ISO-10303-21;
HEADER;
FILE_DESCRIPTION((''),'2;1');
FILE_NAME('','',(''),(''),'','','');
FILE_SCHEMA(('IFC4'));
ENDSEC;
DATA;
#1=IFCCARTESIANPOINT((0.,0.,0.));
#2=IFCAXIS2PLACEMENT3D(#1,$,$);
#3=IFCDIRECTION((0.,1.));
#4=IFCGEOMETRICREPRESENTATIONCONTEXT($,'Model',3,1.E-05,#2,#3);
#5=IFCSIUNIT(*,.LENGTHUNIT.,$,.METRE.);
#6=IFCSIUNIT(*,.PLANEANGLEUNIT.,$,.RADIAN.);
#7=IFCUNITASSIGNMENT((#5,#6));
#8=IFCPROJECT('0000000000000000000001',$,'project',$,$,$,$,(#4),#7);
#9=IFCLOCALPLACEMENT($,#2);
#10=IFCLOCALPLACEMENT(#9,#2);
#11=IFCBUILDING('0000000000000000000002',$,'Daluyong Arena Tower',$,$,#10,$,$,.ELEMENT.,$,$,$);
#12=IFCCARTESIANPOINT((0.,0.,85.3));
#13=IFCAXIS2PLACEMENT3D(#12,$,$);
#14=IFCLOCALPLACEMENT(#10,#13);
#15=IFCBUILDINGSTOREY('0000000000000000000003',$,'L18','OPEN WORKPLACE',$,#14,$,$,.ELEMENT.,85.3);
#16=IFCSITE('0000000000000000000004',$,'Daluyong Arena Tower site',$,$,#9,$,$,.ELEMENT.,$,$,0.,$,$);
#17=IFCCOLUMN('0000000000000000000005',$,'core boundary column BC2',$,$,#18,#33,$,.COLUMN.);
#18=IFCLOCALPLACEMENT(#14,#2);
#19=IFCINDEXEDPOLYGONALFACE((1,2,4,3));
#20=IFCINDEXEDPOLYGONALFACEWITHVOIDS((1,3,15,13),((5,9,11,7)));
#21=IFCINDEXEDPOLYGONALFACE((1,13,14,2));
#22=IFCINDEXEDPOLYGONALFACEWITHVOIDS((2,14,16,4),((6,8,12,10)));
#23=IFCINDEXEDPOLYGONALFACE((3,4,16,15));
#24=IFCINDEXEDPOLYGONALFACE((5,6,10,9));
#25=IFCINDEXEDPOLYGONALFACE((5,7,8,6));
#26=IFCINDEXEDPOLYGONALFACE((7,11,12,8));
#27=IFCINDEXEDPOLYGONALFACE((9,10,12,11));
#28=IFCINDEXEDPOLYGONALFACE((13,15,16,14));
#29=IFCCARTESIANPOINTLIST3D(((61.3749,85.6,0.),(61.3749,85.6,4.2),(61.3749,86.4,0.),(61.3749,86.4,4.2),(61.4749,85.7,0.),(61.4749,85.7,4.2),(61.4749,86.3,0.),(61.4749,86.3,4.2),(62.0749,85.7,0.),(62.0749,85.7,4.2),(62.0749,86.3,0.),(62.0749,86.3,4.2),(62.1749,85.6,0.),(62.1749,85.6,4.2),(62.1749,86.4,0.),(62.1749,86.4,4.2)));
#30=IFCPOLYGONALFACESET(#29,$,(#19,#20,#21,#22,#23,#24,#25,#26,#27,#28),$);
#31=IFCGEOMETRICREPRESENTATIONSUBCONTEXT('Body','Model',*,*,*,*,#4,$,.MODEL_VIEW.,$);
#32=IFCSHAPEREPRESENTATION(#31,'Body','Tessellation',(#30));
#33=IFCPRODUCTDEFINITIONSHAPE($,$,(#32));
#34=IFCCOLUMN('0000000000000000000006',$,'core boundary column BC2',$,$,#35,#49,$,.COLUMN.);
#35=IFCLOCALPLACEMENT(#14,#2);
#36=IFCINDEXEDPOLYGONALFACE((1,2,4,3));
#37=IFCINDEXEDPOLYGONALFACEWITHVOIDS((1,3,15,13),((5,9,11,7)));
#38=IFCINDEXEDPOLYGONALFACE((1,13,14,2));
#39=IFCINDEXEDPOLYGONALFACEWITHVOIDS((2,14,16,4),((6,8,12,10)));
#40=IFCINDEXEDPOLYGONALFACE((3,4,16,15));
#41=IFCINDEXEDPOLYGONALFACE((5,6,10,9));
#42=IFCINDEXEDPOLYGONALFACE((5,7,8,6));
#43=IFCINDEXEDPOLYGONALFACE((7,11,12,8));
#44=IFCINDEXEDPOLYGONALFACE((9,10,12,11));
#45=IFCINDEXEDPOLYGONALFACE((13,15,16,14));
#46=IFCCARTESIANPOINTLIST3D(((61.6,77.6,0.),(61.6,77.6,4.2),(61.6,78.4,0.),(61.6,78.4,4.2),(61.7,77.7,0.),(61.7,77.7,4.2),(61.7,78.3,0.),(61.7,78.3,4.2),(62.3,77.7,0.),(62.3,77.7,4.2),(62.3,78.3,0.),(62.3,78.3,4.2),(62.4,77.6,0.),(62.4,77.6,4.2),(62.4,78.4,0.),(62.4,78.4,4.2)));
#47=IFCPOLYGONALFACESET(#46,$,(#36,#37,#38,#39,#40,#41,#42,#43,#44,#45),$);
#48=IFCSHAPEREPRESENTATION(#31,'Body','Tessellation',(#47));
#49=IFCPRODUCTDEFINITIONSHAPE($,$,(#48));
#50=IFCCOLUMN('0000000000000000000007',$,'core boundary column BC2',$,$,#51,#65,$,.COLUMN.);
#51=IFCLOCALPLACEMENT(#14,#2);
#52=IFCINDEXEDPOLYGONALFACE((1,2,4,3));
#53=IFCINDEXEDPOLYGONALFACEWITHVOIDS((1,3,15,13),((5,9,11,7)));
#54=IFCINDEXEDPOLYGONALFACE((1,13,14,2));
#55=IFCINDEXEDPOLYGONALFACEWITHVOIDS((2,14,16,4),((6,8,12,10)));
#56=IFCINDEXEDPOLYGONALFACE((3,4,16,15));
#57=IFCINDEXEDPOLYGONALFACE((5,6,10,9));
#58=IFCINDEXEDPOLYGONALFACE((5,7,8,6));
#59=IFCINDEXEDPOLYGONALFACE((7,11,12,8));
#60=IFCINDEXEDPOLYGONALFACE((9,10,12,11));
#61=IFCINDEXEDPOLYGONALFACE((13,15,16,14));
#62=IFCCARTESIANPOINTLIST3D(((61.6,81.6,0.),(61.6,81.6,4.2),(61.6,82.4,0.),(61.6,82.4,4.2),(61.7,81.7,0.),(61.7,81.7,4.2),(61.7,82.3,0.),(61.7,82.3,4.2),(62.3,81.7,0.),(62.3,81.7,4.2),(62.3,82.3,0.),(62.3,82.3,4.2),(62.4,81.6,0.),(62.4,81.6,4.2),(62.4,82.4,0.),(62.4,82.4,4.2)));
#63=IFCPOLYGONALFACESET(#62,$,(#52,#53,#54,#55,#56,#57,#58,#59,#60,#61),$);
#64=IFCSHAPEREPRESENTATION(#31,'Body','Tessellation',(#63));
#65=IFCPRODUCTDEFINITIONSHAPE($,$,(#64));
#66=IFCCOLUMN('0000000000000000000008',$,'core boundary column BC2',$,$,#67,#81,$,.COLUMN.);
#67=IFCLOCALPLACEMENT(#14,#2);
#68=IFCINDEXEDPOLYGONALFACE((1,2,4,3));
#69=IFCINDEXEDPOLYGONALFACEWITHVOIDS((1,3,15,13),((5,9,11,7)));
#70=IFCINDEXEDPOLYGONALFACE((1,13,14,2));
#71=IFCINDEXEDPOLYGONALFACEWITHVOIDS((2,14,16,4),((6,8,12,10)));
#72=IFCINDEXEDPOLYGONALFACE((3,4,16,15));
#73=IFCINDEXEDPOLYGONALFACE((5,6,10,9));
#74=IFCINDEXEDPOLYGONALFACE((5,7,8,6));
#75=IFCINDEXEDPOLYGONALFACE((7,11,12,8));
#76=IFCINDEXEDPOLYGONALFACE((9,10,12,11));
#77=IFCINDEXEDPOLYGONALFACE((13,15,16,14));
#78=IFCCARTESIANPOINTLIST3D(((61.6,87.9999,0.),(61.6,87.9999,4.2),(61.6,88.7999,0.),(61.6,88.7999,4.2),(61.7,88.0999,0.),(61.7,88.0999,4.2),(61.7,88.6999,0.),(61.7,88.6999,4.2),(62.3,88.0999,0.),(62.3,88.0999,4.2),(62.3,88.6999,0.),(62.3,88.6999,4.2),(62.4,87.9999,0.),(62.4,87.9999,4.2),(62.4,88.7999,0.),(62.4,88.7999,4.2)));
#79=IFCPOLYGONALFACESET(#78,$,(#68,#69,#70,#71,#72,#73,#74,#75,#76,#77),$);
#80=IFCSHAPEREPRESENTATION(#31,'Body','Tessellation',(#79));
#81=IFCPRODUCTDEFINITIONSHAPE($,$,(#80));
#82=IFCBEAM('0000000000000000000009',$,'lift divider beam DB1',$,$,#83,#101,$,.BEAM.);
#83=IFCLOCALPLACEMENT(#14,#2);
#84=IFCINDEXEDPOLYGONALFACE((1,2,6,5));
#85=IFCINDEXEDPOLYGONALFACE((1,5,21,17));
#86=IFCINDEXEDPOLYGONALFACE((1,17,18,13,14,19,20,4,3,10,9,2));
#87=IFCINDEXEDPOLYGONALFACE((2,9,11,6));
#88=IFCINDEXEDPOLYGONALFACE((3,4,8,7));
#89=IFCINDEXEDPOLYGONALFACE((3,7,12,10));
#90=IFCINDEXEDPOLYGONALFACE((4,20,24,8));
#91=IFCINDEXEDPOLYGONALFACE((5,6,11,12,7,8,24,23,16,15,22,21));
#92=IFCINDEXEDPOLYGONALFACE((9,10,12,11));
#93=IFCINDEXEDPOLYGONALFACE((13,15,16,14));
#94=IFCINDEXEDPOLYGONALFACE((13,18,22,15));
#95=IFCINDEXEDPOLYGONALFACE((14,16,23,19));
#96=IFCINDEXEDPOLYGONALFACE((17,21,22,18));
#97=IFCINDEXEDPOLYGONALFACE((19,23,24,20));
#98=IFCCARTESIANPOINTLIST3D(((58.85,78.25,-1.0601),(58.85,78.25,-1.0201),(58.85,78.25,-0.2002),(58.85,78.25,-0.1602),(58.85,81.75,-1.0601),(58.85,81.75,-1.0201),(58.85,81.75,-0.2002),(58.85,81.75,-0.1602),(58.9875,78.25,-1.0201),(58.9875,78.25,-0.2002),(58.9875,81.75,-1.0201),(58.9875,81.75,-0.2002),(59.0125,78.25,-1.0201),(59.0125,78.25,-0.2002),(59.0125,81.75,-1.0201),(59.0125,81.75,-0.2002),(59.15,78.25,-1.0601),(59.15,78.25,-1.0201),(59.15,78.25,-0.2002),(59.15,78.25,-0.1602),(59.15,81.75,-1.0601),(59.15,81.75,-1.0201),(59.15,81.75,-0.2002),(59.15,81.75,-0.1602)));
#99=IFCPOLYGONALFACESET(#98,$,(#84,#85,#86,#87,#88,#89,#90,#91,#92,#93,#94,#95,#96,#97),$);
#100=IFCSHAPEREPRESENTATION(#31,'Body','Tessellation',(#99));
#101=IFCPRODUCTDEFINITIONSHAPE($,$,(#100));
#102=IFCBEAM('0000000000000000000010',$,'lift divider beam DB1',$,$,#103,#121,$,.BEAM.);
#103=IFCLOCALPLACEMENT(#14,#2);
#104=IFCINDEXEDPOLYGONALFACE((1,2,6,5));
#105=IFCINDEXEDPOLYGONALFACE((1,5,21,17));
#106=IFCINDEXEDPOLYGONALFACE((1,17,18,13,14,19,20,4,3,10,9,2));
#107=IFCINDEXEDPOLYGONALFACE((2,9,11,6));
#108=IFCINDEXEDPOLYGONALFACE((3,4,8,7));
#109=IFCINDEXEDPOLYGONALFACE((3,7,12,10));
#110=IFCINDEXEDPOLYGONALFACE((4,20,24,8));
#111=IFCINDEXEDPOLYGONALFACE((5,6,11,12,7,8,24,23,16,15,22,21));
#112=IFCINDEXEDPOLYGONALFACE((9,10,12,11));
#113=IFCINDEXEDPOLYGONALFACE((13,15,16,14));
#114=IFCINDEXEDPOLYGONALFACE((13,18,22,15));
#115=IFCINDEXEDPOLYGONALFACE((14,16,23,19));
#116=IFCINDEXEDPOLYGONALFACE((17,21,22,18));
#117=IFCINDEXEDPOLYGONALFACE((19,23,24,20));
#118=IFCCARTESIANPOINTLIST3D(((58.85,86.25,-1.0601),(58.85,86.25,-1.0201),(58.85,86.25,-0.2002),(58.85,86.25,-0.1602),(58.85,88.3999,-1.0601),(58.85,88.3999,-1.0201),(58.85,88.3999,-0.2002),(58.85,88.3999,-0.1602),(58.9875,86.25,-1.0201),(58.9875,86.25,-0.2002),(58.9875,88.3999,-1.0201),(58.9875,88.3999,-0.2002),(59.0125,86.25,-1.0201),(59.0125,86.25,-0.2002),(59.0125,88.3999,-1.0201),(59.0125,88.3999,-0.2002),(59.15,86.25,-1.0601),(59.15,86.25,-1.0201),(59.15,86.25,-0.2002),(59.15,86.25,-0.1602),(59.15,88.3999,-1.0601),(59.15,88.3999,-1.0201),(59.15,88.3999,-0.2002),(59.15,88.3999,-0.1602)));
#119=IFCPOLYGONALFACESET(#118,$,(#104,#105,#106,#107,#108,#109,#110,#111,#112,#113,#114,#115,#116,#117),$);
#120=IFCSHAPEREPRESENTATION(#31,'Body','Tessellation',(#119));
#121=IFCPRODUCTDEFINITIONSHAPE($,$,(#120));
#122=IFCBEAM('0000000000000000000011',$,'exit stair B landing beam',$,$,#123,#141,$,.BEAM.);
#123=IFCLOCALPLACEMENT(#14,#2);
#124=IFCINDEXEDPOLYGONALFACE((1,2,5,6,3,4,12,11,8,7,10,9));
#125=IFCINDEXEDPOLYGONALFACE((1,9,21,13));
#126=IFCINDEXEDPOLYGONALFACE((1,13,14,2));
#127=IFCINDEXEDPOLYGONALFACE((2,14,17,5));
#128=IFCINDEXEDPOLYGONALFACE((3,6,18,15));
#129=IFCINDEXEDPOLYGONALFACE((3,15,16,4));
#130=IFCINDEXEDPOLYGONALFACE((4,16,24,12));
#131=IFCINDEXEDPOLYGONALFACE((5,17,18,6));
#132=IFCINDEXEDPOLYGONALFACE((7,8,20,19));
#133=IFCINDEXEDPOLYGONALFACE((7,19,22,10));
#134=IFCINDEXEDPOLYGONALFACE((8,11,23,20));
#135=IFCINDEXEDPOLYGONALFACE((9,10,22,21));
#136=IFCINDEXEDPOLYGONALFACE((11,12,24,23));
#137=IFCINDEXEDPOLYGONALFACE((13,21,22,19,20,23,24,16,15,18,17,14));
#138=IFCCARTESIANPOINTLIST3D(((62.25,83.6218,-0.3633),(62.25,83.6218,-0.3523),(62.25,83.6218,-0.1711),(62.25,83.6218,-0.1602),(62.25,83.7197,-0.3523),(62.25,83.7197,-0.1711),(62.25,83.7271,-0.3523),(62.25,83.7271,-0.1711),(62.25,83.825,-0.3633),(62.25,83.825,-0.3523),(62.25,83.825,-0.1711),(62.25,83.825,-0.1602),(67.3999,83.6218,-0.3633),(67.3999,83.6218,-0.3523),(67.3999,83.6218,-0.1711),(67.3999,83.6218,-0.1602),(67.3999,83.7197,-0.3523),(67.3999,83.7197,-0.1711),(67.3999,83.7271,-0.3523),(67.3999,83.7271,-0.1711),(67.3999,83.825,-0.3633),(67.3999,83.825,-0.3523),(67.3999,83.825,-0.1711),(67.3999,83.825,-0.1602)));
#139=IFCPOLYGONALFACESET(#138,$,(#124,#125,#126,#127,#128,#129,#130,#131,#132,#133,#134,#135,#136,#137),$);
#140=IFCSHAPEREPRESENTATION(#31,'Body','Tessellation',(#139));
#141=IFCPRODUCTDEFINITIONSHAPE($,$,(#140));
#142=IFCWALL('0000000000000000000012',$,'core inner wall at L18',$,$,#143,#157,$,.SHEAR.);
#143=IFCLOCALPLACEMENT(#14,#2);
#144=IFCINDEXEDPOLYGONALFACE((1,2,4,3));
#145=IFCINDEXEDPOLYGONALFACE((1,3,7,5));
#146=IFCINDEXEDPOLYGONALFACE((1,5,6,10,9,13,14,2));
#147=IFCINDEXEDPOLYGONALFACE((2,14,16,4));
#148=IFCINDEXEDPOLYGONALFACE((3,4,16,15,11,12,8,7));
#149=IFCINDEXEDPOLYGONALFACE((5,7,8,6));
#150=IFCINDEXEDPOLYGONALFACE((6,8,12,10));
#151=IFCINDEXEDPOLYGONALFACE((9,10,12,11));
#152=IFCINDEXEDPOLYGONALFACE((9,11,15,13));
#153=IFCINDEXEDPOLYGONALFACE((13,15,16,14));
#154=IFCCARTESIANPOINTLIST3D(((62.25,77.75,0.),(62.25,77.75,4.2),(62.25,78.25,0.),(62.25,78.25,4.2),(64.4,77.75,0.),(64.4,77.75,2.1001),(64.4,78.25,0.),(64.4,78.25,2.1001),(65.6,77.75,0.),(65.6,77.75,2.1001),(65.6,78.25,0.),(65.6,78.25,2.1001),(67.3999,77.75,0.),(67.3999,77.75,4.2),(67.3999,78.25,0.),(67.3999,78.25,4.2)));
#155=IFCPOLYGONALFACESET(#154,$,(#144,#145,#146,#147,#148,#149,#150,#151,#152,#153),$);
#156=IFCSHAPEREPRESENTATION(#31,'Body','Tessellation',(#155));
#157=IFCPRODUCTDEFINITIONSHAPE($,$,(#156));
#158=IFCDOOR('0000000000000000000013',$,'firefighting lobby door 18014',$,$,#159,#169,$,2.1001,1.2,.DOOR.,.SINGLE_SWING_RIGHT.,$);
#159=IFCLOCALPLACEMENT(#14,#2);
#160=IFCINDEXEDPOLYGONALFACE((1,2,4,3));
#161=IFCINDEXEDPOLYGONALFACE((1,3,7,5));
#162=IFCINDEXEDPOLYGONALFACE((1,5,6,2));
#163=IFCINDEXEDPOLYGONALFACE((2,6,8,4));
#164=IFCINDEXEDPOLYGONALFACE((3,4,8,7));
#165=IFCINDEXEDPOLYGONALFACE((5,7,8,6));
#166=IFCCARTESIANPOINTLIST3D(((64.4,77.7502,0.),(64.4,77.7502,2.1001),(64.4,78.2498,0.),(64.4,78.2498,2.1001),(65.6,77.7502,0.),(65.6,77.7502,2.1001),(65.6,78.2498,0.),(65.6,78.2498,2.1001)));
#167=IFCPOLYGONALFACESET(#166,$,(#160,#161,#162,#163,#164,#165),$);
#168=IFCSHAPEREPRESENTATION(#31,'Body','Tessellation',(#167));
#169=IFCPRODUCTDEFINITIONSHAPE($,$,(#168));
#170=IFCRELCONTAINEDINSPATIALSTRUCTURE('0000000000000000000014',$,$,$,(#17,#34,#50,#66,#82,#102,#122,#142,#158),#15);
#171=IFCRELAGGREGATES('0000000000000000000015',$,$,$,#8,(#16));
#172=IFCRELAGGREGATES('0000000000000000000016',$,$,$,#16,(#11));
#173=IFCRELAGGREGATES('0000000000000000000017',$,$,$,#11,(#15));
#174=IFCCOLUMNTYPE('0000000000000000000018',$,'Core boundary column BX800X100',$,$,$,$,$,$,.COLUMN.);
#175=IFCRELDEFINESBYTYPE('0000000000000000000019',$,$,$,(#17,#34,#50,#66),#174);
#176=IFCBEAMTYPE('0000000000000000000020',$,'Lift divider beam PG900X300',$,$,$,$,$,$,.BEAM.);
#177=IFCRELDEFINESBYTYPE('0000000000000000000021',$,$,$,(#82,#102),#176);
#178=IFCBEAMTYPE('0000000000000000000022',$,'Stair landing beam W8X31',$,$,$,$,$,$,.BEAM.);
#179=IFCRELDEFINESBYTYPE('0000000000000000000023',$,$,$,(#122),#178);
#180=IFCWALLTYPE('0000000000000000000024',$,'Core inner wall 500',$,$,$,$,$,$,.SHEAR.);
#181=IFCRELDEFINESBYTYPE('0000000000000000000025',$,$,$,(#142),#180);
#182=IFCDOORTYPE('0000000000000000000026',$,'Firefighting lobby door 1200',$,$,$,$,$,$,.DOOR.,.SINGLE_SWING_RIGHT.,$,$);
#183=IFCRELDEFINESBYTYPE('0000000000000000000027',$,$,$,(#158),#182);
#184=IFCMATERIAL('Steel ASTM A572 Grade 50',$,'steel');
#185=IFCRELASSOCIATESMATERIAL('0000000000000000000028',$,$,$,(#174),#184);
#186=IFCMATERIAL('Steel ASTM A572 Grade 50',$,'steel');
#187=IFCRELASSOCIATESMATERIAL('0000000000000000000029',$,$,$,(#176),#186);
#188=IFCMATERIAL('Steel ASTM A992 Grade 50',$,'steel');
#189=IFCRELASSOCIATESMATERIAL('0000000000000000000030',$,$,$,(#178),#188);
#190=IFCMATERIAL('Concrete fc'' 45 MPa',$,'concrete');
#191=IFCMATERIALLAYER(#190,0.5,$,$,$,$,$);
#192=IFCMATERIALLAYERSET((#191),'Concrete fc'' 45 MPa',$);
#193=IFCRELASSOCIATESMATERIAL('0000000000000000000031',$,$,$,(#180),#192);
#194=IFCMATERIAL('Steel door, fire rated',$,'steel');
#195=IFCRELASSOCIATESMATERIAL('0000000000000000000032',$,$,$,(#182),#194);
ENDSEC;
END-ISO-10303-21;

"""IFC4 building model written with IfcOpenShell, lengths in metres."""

from ifc_helpers import new_model, si_unit, direction, frame, frame_2d, origin, origin_2d, place, context, subcontext, project, spatial, rectangle, hollow_rectangle, i_section, extrude, material, layer, layer_set, material_profile, profile_set, type_object, element, fill, save


model = new_model("IFC4")

# Units and contexts
model_context = context("Model", 3, precision=1e-05, world=origin(), true_north=direction((0.0, 1.0)))
body_context = subcontext(model_context, "Body", "Model", "MODEL_VIEW")
ifc_project = project(units=[si_unit("LENGTHUNIT", "METRE"), si_unit("PLANEANGLEUNIT", "RADIAN")], contexts=[model_context])

# Site, building, storey
site_placement = place(None, origin())
site = spatial("IfcSite", under=ifc_project, at=site_placement, Name="Daluyong Arena Tower site", CompositionType="ELEMENT", RefElevation=0.0)
building_placement = place(site_placement, origin())
building = spatial("IfcBuilding", under=site, at=building_placement, Name="Daluyong Arena Tower", CompositionType="ELEMENT")
storey_placement = place(building_placement, frame((0.0, 0.0, 85.3)))
storey = spatial("IfcBuildingStorey", under=building, at=storey_placement, Name="L18", Description="OPEN WORKPLACE", CompositionType="ELEMENT", Elevation=85.3)

# Columns
ifc_material_1 = material(Name="Steel ASTM A572 Grade 50", Category="steel")
ifc_material_profile_1 = material_profile(ifc_material_1, hollow_rectangle(XDim=0.8, YDim=0.8, WallThickness=0.1, at=origin_2d()))
ifc_profile_set_1 = profile_set([ifc_material_profile_1], Name="Steel ASTM A572 Grade 50")
column_type = type_object("IfcColumnType", Name="Core boundary column BX800X100", PredefinedType="COLUMN", material=ifc_profile_set_1)
for number, where, z_axis, x_axis, name in (
    (1, (61.7749, 86.0, 0.0), (0.0, 0.0, 1.0), (1.0, 0.0, 0.0), "core boundary column BC2"),
    (2, (62.0, 78.0, 0.0), (0.0, 0.0, 1.0), (1.0, 0.0, 0.0), "core boundary column BC2"),
    (3, (62.0, 82.0, 0.0), (0.0, 0.0, 1.0), (1.0, 0.0, 0.0), "core boundary column BC2"),
    (4, (62.0, 88.3999, 0.0), (0.0, 0.0, 1.0), (1.0, 0.0, 0.0), "core boundary column BC2"),
):
    element("IfcColumn", number, at=place(storey_placement, frame(where, z_axis=z_axis, x_axis=x_axis)), inside=storey, type_object=column_type, Name=name, PredefinedType="COLUMN", context=body_context, shape_type="SweptSolid", body=[
        extrude(hollow_rectangle(XDim=0.8, YDim=0.8, WallThickness=0.1, at=origin_2d()), origin(), (0.0, 0.0, 1.0), 4.2),
    ])

# Beams
ifc_material_2 = material(Name="Steel ASTM A572 Grade 50", Category="steel")
ifc_material_profile_2 = material_profile(ifc_material_2, i_section(OverallWidth=0.3, OverallDepth=0.8999, WebThickness=0.025, FlangeThickness=0.04, at=origin_2d()))
ifc_profile_set_2 = profile_set([ifc_material_profile_2], Name="Steel ASTM A572 Grade 50")
beam_type_1 = type_object("IfcBeamType", Name="Lift divider beam PG900X300", PredefinedType="BEAM", material=ifc_profile_set_2)
beam_1_placement = place(storey_placement, frame((59.0, 78.25, -0.6101), z_axis=(0.0, 1.0, 0.0), x_axis=(-1.0, 0.0, 0.0)))
element("IfcBeam", 5, at=beam_1_placement, inside=storey, type_object=beam_type_1, Name="lift divider beam DB1", PredefinedType="BEAM", context=body_context, shape_type="SweptSolid", body=[
    extrude(i_section(OverallWidth=0.3, OverallDepth=0.8999, WebThickness=0.025, FlangeThickness=0.04, at=origin_2d()), origin(), (0.0, 0.0, 1.0), 3.5),
])
beam_2_placement = place(storey_placement, frame((59.0, 86.25, -0.6101), z_axis=(0.0, 1.0, 0.0), x_axis=(-1.0, 0.0, 0.0)))
element("IfcBeam", 6, at=beam_2_placement, inside=storey, type_object=beam_type_1, Name="lift divider beam DB1", PredefinedType="BEAM", context=body_context, shape_type="SweptSolid", body=[
    extrude(i_section(OverallWidth=0.3, OverallDepth=0.8999, WebThickness=0.025, FlangeThickness=0.04, at=origin_2d()), origin(), (0.0, 0.0, 1.0), 2.1499),
])
ifc_material_3 = material(Name="Steel ASTM A992 Grade 50", Category="steel")
ifc_material_profile_3 = material_profile(ifc_material_3, i_section(OverallWidth=0.2031, OverallDepth=0.2031, WebThickness=0.0073, FlangeThickness=0.011, at=origin_2d()))
ifc_profile_set_3 = profile_set([ifc_material_profile_3], Name="Steel ASTM A992 Grade 50")
beam_type_2 = type_object("IfcBeamType", Name="Stair landing beam W8X31", PredefinedType="BEAM", material=ifc_profile_set_3)
beam_3_placement = place(storey_placement, frame((62.25, 83.7234, -0.2617), z_axis=(1.0, 0.0, 0.0), x_axis=(0.0, 1.0, 0.0)))
element("IfcBeam", 7, at=beam_3_placement, inside=storey, type_object=beam_type_2, Name="exit stair B landing beam", PredefinedType="BEAM", context=body_context, shape_type="SweptSolid", body=[
    extrude(i_section(OverallWidth=0.2031, OverallDepth=0.2031, WebThickness=0.0073, FlangeThickness=0.011, at=origin_2d()), origin(), (0.0, 0.0, 1.0), 5.1499),
])

# Wall, opening, door
ifc_material_4 = material(Name="Concrete fc' 45 MPa", Category="concrete")
ifc_layer_1 = layer(ifc_material_4, 0.5)
ifc_layer_set_1 = layer_set([ifc_layer_1], Name="Concrete fc' 45 MPa")
wall_type_1 = type_object("IfcWallType", Name="Core inner wall 500", PredefinedType="SHEAR", material=ifc_layer_set_1)
wall_1_placement = place(storey_placement, frame((62.25, 78.0, 0.0), z_axis=(0.0, 0.0, 1.0), x_axis=(1.0, 0.0, 0.0)))
wall_1 = element("IfcWall", 8, at=wall_1_placement, inside=storey, type_object=wall_type_1, Name="core inner wall at L18", PredefinedType="SHEAR", context=body_context, shape_type="SweptSolid", body=[
    extrude(rectangle(XDim=5.1499, YDim=0.5, at=frame_2d((2.575, 0.0))), origin(), (0.0, 0.0, 1.0), 4.2),
])
opening_1_placement = place(wall_1_placement, frame((2.1499, 0.0, 0.0)))
opening_1 = element("IfcOpeningElement", 9, at=opening_1_placement, cuts=wall_1, PredefinedType="OPENING", context=body_context, shape_type="SweptSolid", body=[
    extrude(rectangle(XDim=1.2, YDim=2.1001, at=frame_2d((0.6001, 1.05))), frame((0.0, 0.26, 0.0), z_axis=(0.0, -1.0, 0.0), x_axis=(1.0, 0.0, 0.0)), (0.0, 0.0, 1.0), 0.52),
])
ifc_material_5 = material(Name="Steel door, fire rated", Category="steel")
door_type_1 = type_object("IfcDoorType", Name="Firefighting lobby door 1200", OperationType="SINGLE_SWING_RIGHT", PredefinedType="DOOR", material=ifc_material_5)
door_1_placement = place(opening_1_placement, origin())
door_1 = element("IfcDoor", 10, at=door_1_placement, inside=storey, type_object=door_type_1, Name="firefighting lobby door 18014", OperationType="SINGLE_SWING_RIGHT", OverallHeight=2.1001, OverallWidth=1.2, PredefinedType="DOOR", context=body_context, shape_type="SweptSolid", body=[
    extrude(rectangle(XDim=1.2, YDim=2.1001, at=frame_2d((0.6001, 1.05))), frame((0.0, 0.2498, 0.0), z_axis=(0.0, -1.0, 0.0), x_axis=(1.0, 0.0, 0.0)), (0.0, 0.0, 1.0), 0.4995),
])
fill(opening_1, door_1)

save(model, "model.ifc")
